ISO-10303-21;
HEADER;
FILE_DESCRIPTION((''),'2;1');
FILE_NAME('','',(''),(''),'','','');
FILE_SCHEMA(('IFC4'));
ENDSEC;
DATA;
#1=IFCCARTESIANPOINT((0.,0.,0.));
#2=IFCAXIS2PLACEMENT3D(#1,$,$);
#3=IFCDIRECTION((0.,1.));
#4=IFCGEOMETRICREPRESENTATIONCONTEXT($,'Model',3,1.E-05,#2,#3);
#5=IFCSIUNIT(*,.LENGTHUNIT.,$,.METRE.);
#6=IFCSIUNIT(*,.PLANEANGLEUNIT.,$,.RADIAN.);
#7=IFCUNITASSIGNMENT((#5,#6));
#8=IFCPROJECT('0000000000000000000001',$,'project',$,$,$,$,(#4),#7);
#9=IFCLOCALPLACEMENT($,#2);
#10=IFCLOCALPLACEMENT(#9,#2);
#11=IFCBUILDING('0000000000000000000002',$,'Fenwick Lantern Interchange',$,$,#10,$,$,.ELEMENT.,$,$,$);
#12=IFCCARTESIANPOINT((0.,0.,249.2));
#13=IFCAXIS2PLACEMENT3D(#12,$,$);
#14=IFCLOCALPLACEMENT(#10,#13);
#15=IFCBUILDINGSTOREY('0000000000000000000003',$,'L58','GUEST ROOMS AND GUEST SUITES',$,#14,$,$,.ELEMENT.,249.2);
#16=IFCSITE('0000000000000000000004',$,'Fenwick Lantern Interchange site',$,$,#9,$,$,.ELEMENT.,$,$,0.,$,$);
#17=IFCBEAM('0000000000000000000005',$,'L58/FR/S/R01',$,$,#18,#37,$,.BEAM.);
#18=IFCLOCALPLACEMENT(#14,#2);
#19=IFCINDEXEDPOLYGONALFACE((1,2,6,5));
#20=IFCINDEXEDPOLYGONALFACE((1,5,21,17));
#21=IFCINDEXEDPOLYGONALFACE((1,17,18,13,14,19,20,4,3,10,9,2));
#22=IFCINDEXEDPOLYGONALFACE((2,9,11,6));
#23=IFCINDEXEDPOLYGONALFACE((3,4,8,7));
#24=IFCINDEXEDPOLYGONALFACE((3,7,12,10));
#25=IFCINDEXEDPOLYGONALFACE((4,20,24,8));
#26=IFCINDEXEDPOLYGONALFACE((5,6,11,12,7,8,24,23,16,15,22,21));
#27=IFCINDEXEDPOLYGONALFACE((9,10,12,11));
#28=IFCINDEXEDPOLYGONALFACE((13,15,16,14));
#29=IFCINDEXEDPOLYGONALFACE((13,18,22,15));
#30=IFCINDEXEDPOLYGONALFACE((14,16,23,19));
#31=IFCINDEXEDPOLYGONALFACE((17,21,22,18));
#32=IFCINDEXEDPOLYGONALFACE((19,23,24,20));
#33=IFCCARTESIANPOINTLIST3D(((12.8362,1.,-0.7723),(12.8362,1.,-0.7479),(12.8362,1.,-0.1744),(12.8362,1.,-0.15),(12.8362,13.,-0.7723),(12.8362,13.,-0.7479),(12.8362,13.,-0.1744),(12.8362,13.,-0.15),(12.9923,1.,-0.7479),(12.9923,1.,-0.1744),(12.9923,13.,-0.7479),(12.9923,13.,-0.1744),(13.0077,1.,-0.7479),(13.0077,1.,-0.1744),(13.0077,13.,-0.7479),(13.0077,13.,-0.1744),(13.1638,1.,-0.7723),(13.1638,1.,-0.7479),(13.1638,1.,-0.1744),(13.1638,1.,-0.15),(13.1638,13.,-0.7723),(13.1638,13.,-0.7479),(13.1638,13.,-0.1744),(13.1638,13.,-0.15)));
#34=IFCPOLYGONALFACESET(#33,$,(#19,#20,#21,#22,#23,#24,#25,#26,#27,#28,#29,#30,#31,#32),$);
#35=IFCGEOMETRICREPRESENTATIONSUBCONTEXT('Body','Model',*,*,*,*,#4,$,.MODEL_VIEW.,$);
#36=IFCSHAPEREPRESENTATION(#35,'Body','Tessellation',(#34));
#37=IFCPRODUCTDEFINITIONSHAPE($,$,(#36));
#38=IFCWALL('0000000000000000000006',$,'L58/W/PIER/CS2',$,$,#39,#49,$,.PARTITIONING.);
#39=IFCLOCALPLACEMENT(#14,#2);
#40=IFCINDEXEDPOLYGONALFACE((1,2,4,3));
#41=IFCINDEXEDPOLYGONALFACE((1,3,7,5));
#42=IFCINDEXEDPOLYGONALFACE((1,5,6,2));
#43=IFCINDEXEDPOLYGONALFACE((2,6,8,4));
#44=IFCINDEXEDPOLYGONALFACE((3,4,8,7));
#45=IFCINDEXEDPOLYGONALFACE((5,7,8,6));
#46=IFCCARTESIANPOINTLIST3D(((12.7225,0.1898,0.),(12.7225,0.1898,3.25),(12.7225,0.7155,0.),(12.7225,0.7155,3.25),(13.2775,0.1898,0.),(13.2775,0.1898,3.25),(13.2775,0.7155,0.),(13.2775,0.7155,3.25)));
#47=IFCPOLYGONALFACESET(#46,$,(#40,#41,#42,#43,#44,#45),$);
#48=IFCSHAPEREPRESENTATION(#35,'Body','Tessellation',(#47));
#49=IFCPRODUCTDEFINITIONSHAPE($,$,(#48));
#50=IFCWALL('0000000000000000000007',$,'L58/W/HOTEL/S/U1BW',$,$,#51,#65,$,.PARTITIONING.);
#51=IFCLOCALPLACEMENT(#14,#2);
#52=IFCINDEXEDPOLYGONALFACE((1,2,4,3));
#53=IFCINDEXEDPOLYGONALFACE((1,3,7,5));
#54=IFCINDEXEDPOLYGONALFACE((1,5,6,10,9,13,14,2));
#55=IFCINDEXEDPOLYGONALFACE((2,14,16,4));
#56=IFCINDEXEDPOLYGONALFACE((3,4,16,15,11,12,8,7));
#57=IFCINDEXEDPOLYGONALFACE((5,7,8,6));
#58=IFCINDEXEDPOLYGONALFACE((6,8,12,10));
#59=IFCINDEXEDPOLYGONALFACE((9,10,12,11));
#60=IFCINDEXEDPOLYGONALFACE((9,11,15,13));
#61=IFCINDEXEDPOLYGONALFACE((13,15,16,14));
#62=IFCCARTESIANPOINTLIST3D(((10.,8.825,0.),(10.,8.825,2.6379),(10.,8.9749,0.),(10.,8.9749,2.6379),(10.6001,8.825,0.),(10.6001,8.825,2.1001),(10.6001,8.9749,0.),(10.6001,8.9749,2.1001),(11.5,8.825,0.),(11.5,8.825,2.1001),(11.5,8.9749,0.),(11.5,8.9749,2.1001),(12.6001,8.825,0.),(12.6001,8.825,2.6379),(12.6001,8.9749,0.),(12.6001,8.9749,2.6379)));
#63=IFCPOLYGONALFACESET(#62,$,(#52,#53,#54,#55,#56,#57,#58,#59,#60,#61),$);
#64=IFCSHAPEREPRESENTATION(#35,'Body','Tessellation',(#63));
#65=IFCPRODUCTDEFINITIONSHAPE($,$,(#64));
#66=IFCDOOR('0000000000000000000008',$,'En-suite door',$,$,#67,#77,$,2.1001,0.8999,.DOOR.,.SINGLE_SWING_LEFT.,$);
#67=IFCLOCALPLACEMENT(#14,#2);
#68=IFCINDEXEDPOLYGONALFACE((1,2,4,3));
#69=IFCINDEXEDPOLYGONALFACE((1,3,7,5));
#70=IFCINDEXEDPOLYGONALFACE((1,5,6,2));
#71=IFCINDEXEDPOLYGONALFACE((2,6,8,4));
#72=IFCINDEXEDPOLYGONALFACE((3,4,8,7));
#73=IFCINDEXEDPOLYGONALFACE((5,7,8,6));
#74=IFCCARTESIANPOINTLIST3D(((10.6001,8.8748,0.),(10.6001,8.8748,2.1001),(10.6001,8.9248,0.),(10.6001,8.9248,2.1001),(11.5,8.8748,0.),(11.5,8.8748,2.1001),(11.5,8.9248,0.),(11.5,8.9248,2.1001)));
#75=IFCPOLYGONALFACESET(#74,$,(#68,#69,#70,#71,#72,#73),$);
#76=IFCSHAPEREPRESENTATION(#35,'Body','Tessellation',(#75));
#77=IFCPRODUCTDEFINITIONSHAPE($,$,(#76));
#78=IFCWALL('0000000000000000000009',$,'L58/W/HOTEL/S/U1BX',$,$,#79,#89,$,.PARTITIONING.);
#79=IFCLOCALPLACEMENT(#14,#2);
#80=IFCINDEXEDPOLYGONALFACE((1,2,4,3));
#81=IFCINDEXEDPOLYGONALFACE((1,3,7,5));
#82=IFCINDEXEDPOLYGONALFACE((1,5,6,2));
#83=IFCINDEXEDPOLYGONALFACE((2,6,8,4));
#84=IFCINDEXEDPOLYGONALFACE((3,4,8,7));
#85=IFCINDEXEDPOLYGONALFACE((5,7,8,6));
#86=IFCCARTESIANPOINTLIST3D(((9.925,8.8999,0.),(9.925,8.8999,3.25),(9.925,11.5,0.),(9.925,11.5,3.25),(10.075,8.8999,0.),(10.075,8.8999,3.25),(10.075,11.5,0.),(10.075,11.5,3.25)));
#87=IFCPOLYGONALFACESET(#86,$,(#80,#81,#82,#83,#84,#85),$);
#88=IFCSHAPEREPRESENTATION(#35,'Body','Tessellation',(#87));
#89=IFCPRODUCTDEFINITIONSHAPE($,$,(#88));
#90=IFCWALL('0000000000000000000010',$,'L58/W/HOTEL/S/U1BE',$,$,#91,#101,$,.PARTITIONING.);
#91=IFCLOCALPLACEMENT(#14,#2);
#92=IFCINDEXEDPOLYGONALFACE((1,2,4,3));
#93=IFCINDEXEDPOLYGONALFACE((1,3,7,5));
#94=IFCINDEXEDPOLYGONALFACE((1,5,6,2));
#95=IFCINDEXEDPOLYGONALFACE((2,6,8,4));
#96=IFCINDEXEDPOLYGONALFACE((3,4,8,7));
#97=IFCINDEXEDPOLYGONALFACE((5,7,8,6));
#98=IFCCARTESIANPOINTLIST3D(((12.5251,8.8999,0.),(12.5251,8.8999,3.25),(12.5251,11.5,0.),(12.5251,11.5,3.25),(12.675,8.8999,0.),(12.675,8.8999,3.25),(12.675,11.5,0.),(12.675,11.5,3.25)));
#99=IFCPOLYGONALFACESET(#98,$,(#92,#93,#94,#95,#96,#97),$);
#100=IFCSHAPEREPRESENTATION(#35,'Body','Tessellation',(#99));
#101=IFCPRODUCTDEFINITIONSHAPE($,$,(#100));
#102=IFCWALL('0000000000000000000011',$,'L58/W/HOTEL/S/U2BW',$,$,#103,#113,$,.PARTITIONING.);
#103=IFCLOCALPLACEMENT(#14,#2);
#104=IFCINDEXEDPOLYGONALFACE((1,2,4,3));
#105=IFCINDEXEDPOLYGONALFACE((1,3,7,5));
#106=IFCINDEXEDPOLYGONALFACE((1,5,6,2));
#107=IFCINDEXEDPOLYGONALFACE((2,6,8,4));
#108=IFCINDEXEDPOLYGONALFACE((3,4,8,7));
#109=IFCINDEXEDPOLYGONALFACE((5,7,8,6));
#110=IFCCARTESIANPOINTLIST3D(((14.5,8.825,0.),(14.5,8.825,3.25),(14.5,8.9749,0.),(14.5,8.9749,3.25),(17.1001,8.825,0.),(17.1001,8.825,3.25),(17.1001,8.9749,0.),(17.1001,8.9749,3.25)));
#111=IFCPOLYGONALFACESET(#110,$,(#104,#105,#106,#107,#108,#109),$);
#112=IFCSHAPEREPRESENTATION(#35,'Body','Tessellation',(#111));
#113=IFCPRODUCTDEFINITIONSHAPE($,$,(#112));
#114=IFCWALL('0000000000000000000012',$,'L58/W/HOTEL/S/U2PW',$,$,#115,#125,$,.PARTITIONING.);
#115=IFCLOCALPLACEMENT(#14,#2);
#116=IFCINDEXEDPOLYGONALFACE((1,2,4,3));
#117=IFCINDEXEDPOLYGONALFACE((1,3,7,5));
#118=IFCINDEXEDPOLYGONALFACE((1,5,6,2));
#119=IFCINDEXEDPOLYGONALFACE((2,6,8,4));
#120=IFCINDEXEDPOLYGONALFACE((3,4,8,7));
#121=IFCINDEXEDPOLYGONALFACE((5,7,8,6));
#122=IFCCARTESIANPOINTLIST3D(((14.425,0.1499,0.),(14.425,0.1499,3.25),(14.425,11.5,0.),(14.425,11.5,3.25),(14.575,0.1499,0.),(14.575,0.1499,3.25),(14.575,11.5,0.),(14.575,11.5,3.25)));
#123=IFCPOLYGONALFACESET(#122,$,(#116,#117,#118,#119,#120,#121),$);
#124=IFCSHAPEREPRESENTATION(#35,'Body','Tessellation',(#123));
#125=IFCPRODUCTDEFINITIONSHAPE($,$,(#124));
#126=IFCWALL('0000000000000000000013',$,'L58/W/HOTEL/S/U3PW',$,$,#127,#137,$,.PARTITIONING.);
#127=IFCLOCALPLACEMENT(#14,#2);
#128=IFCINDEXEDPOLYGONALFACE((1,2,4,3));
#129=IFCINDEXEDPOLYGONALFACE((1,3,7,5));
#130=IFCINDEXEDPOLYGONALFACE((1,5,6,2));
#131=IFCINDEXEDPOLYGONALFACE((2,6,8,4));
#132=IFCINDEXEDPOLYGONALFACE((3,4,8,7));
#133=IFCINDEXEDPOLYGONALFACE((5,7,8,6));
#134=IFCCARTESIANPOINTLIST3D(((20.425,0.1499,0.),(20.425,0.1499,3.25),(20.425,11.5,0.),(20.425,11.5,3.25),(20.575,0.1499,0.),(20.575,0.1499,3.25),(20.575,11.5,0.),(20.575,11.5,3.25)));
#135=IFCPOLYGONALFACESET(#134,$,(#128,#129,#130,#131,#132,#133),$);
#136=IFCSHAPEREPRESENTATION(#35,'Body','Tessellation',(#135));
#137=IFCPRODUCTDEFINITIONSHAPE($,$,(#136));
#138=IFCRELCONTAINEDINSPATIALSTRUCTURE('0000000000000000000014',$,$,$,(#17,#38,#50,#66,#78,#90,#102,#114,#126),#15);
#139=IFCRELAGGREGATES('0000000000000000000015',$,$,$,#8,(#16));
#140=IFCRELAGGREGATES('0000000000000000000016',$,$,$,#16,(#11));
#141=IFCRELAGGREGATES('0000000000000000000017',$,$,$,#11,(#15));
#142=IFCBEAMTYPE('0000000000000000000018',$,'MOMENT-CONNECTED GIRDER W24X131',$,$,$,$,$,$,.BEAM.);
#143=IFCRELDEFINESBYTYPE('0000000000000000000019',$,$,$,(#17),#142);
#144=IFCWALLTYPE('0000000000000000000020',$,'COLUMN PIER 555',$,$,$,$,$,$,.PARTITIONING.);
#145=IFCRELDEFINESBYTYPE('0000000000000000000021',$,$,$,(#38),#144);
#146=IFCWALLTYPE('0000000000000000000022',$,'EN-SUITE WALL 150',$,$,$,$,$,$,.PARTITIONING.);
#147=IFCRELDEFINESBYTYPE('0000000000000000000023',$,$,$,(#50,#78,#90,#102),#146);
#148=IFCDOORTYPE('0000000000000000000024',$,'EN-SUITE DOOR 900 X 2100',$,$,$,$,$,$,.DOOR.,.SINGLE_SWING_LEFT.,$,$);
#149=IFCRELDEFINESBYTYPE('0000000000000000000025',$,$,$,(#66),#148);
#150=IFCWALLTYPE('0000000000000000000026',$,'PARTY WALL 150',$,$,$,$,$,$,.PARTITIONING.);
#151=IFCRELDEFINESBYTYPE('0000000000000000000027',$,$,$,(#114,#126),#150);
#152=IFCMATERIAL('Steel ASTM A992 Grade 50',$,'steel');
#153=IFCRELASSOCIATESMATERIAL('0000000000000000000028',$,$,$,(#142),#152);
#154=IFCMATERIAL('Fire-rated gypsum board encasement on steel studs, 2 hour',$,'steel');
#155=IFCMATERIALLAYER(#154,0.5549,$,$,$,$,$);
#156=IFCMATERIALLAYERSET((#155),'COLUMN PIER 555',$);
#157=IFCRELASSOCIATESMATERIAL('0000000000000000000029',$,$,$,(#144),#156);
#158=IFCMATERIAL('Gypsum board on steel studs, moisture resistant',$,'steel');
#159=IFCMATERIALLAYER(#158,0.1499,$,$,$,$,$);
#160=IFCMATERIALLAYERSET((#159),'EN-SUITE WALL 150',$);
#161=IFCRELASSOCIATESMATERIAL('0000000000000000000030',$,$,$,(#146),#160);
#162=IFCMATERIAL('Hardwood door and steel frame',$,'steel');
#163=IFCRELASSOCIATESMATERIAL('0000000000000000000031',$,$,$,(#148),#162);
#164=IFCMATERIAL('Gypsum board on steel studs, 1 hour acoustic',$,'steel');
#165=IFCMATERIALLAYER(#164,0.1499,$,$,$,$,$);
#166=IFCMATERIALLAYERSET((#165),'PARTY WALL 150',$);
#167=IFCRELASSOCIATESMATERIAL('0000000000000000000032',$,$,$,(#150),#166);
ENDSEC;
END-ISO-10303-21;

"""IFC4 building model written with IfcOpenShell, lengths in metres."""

from ifc_helpers import new_model, si_unit, direction, frame, frame_2d, origin, origin_2d, place, context, subcontext, project, spatial, rectangle, i_section, extrude, material, layer, layer_set, material_profile, profile_set, type_object, element, fill, save


model = new_model("IFC4")

# Units and contexts
model_context = context("Model", 3, precision=1e-05, world=origin(), true_north=direction((0.0, 1.0)))
body_context = subcontext(model_context, "Body", "Model", "MODEL_VIEW")
ifc_project = project(units=[si_unit("LENGTHUNIT", "METRE"), si_unit("PLANEANGLEUNIT", "RADIAN")], contexts=[model_context])

# Site, building, storey
site_placement = place(None, origin())
site = spatial("IfcSite", under=ifc_project, at=site_placement, Name="Fenwick Lantern Interchange site", CompositionType="ELEMENT", RefElevation=0.0)
building_placement = place(site_placement, origin())
building = spatial("IfcBuilding", under=site, at=building_placement, Name="Fenwick Lantern Interchange", CompositionType="ELEMENT")
storey_placement = place(building_placement, frame((0.0, 0.0, 249.2)))
storey = spatial("IfcBuildingStorey", under=building, at=storey_placement, Name="L58", Description="GUEST ROOMS AND GUEST SUITES", CompositionType="ELEMENT", Elevation=249.2)

# Shared definitions
ifc_material_1 = material(Name="Steel ASTM A992 Grade 50", Category="steel")

# Beam
ifc_material_profile_1 = material_profile(ifc_material_1, i_section(OverallWidth=0.3276, OverallDepth=0.6223, WebThickness=0.0154, FlangeThickness=0.0244, at=origin_2d()), Name="W24X131")
ifc_profile_set_1 = profile_set([ifc_material_profile_1], Name="Steel ASTM A992 Grade 50")
beam_type_1 = type_object("IfcBeamType", Name="MOMENT-CONNECTED GIRDER W24X131", PredefinedType="BEAM", material=ifc_profile_set_1)
beam_1_placement = place(storey_placement, frame((13.0, 1.0, -0.4612), z_axis=(0.0, 1.0, 0.0), x_axis=(-1.0, 0.0, 0.0)))
element("IfcBeam", 1, at=beam_1_placement, inside=storey, type_object=beam_type_1, Name="L58/FR/S/R01", PredefinedType="BEAM", context=body_context, shape_type="SweptSolid", body=[
    extrude(i_section(OverallWidth=0.3276, OverallDepth=0.6223, WebThickness=0.0154, FlangeThickness=0.0244, at=origin_2d()), origin(), (0.0, 0.0, 1.0), 12.0),
])

# Wall
ifc_material_2 = material(Name="Fire-rated gypsum board encasement on steel studs, 2 hour", Category="steel")
ifc_layer_1 = layer(ifc_material_2, 0.5549)
ifc_layer_set_1 = layer_set([ifc_layer_1], Name="COLUMN PIER 555")
wall_type_1 = type_object("IfcWallType", Name="COLUMN PIER 555", PredefinedType="PARTITIONING", material=ifc_layer_set_1)
wall_1_placement = place(storey_placement, frame((13.0, 0.1899, 0.0), z_axis=(0.0, 0.0, 1.0), x_axis=(0.0, 1.0, 0.0)))
element("IfcWall", 2, at=wall_1_placement, inside=storey, type_object=wall_type_1, Name="L58/W/PIER/CS2", PredefinedType="PARTITIONING", context=body_context, shape_type="SweptSolid", body=[
    extrude(rectangle(XDim=0.5256, YDim=0.5549, at=frame_2d((0.2627, 0.0))), origin(), (0.0, 0.0, 1.0), 3.25),
])

# Wall, opening, door
ifc_material_3 = material(Name="Gypsum board on steel studs, moisture resistant", Category="steel")
ifc_layer_2 = layer(ifc_material_3, 0.1499)
ifc_layer_set_2 = layer_set([ifc_layer_2], Name="EN-SUITE WALL 150")
wall_type_2 = type_object("IfcWallType", Name="EN-SUITE WALL 150", PredefinedType="PARTITIONING", material=ifc_layer_set_2)
wall_2_placement = place(storey_placement, frame((10.0, 8.8999, 0.0), z_axis=(0.0, 0.0, 1.0), x_axis=(1.0, 0.0, 0.0)))
wall_2 = element("IfcWall", 3, at=wall_2_placement, inside=storey, type_object=wall_type_2, Name="L58/W/HOTEL/S/U1BW", PredefinedType="PARTITIONING", context=body_context, shape_type="SweptSolid", body=[
    extrude(rectangle(XDim=2.6001, YDim=0.1499, at=frame_2d((1.3, 0.0))), origin(), (0.0, 0.0, 1.0), 2.6379),
])
opening_placement = place(wall_2_placement, frame((0.6001, 0.0, 0.0)))
opening = element("IfcOpeningElement", 4, at=opening_placement, cuts=wall_2, PredefinedType="OPENING", context=body_context, shape_type="SweptSolid", body=[
    extrude(rectangle(XDim=0.8999, YDim=2.1001, at=frame_2d((0.45, 1.05))), frame((0.0, 0.085, 0.0), z_axis=(0.0, -1.0, 0.0), x_axis=(1.0, 0.0, 0.0)), (0.0, 0.0, 1.0), 0.1699),
])
ifc_material_4 = material(Name="Hardwood door and steel frame", Category="steel")
door_type = type_object("IfcDoorType", Name="EN-SUITE DOOR 900 X 2100", OperationType="SINGLE_SWING_LEFT", PredefinedType="DOOR", material=ifc_material_4)
door_placement = place(opening_placement, origin())
door = element("IfcDoor", 5, at=door_placement, inside=storey, type_object=door_type, Name="En-suite door", OperationType="SINGLE_SWING_LEFT", OverallHeight=2.1001, OverallWidth=0.8999, PredefinedType="DOOR", context=body_context, shape_type="SweptSolid", body=[
    extrude(rectangle(XDim=0.8999, YDim=2.1001, at=frame_2d((0.45, 1.05))), frame((0.0, 0.0249, 0.0), z_axis=(0.0, -1.0, 0.0), x_axis=(1.0, 0.0, 0.0)), (0.0, 0.0, 1.0), 0.05),
])
fill(opening, door)

# Walls
for number, where, z_axis, x_axis, name in (
    (6, (10.0, 8.8999, 0.0), (0.0, 0.0, 1.0), (0.0, 1.0, 0.0), "L58/W/HOTEL/S/U1BX"),
    (7, (12.6001, 8.8999, 0.0), (0.0, 0.0, 1.0), (0.0, 1.0, 0.0), "L58/W/HOTEL/S/U1BE"),
    (8, (14.5, 8.8999, 0.0), (0.0, 0.0, 1.0), (1.0, 0.0, 0.0), "L58/W/HOTEL/S/U2BW"),
):
    element("IfcWall", number, at=place(storey_placement, frame(where, z_axis=z_axis, x_axis=x_axis)), inside=storey, type_object=wall_type_2, Name=name, PredefinedType="PARTITIONING", context=body_context, shape_type="SweptSolid", body=[
        extrude(rectangle(XDim=2.6001, YDim=0.1499, at=frame_2d((1.3, 0.0))), origin(), (0.0, 0.0, 1.0), 3.25),
    ])
ifc_material_5 = material(Name="Gypsum board on steel studs, 1 hour acoustic", Category="steel")
ifc_layer_3 = layer(ifc_material_5, 0.1499)
ifc_layer_set_3 = layer_set([ifc_layer_3], Name="PARTY WALL 150")
wall_type_3 = type_object("IfcWallType", Name="PARTY WALL 150", PredefinedType="PARTITIONING", material=ifc_layer_set_3)
for number, where, z_axis, x_axis, name in (
    (9, (14.5, 0.1499, 0.0), (0.0, 0.0, 1.0), (0.0, 1.0, 0.0), "L58/W/HOTEL/S/U2PW"),
    (10, (20.5, 0.1499, 0.0), (0.0, 0.0, 1.0), (0.0, 1.0, 0.0), "L58/W/HOTEL/S/U3PW"),
):
    element("IfcWall", number, at=place(storey_placement, frame(where, z_axis=z_axis, x_axis=x_axis)), inside=storey, type_object=wall_type_3, Name=name, PredefinedType="PARTITIONING", context=body_context, shape_type="SweptSolid", body=[
        extrude(rectangle(XDim=11.3501, YDim=0.1499, at=frame_2d((5.675, 0.0))), origin(), (0.0, 0.0, 1.0), 3.25),
    ])

save(model, "model.ifc")
